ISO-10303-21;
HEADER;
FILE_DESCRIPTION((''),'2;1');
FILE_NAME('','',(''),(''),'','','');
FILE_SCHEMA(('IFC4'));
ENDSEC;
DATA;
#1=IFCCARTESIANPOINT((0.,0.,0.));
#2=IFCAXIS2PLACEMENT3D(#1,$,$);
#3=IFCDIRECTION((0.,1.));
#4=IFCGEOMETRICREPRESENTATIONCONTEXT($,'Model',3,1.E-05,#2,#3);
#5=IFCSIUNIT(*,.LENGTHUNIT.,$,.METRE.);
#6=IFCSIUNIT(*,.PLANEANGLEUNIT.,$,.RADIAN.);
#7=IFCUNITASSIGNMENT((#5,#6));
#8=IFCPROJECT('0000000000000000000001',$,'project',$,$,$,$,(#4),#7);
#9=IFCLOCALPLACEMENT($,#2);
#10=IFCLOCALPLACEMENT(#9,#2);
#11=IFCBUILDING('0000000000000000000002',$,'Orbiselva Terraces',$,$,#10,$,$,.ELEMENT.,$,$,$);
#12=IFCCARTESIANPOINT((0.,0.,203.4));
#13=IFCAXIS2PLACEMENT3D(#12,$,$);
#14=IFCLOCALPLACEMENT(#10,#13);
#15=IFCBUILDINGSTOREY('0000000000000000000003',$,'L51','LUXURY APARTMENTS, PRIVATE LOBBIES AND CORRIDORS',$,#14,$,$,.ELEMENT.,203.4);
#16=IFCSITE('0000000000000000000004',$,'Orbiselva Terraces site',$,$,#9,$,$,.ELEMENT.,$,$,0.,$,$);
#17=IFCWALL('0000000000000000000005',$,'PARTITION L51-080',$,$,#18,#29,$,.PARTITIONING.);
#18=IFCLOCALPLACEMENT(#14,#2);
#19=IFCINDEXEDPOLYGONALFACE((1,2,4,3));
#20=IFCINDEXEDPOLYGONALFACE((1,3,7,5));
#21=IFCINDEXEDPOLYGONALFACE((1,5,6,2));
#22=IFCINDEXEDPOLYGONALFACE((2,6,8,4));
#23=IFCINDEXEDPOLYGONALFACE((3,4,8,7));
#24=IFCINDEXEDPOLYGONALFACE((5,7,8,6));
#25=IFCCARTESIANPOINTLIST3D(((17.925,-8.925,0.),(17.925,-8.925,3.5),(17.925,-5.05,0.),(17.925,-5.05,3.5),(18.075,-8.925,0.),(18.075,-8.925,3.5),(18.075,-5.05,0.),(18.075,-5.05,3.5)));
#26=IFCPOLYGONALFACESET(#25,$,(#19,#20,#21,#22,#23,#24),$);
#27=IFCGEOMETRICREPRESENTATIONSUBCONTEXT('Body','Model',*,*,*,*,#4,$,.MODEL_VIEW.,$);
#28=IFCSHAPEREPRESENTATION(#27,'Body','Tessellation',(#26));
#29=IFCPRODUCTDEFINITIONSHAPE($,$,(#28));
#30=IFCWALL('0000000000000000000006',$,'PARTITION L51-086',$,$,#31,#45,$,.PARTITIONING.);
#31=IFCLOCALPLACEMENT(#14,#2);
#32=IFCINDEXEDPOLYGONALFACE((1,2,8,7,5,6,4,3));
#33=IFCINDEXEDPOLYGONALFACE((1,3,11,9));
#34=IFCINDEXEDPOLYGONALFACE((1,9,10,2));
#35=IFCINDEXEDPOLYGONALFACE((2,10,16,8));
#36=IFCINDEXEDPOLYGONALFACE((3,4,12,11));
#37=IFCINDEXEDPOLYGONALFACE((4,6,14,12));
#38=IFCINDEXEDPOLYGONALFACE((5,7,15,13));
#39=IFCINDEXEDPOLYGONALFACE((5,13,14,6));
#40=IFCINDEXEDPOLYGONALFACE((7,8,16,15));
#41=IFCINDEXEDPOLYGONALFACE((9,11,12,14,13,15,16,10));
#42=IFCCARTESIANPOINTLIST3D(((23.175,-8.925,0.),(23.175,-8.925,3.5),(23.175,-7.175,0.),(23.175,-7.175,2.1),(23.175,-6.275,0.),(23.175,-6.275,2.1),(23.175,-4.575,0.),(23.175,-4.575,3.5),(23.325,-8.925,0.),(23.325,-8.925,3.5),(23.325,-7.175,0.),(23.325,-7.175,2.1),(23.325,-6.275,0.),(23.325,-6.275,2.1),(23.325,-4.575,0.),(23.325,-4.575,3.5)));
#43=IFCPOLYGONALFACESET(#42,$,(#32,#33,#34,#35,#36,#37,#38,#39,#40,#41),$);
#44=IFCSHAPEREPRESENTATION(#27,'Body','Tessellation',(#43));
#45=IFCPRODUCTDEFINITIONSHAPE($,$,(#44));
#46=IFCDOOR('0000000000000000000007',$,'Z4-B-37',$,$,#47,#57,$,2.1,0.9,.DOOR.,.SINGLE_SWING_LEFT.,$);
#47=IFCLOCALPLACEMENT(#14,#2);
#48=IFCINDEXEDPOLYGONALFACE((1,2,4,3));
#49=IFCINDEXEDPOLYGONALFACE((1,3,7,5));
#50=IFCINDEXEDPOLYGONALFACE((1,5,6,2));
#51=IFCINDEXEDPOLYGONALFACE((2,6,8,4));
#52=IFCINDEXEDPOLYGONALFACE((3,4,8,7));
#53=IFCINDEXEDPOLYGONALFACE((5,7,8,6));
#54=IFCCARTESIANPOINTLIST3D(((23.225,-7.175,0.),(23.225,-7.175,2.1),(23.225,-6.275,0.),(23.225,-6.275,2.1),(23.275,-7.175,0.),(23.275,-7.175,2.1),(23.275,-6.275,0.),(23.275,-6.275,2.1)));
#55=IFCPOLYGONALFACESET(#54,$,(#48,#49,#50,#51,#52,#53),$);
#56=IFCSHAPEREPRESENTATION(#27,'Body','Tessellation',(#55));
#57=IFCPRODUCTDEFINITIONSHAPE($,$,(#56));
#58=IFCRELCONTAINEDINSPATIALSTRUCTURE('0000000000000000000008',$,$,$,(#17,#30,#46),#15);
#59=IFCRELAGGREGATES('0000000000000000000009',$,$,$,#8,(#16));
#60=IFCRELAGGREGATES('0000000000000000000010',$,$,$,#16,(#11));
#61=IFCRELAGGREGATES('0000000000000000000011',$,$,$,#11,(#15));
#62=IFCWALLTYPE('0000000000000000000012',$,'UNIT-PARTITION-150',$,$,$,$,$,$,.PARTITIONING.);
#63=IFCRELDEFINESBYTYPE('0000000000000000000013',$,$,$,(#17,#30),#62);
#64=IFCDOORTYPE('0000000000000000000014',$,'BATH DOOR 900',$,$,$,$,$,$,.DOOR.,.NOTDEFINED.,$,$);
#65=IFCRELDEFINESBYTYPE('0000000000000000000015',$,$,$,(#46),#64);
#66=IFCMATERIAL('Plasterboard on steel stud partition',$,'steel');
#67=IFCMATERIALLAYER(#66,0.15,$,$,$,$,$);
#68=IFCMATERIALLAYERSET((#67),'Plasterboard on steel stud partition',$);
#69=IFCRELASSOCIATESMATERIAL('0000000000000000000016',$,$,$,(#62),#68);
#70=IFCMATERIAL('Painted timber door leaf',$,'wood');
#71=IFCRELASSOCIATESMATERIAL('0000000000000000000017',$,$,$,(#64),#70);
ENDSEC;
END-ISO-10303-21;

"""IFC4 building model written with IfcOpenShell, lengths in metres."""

from ifc_helpers import new_model, si_unit, direction, frame, frame_2d, origin, place, context, subcontext, project, spatial, rectangle, extrude, material, layer, layer_set, type_object, element, fill, save


model = new_model("IFC4")

# Units and contexts
model_context = context("Model", 3, precision=1e-05, world=origin(), true_north=direction((0.0, 1.0)))
body_context = subcontext(model_context, "Body", "Model", "MODEL_VIEW")
ifc_project = project(units=[si_unit("LENGTHUNIT", "METRE"), si_unit("PLANEANGLEUNIT", "RADIAN")], contexts=[model_context])

# Site, building, storey
site_placement = place(None, origin())
site = spatial("IfcSite", under=ifc_project, at=site_placement, Name="Orbiselva Terraces site", CompositionType="ELEMENT", RefElevation=0.0)
building_placement = place(site_placement, origin())
building = spatial("IfcBuilding", under=site, at=building_placement, Name="Orbiselva Terraces", CompositionType="ELEMENT")
storey_placement = place(building_placement, frame((0.0, 0.0, 203.4)))
storey = spatial("IfcBuildingStorey", under=building, at=storey_placement, Name="L51", Description="LUXURY APARTMENTS, PRIVATE LOBBIES AND CORRIDORS", CompositionType="ELEMENT", Elevation=203.4)

# Shared definitions
ifc_material_1 = material(Name="Plasterboard on steel stud partition", Category="steel")
ifc_layer_1 = layer(ifc_material_1, 0.15)
ifc_layer_set_1 = layer_set([ifc_layer_1], Name="Plasterboard on steel stud partition")
wall_type_1 = type_object("IfcWallType", Name="UNIT-PARTITION-150", PredefinedType="PARTITIONING", material=ifc_layer_set_1)

# Shared definitions
ifc_material_2 = material(Name="Painted timber door leaf", Category="wood")

# Wall
wall_1_placement = place(storey_placement, frame((18.0, -8.925, 0.0), z_axis=(0.0, 0.0, 1.0), x_axis=(0.0, 1.0, 0.0)))
element("IfcWall", 1, at=wall_1_placement, inside=storey, type_object=wall_type_1, Name="PARTITION L51-080", PredefinedType="PARTITIONING", context=body_context, shape_type="SweptSolid", body=[
    extrude(rectangle(XDim=3.875, YDim=0.15, at=frame_2d((1.9375, 0.0))), origin(), (0.0, 0.0, 1.0), 3.5),
])

# Wall, opening, door
wall_2_placement = place(storey_placement, frame((23.25, -4.575, 0.0), z_axis=(0.0, 0.0, 1.0), x_axis=(0.0, -1.0, 0.0)))
wall_2 = element("IfcWall", 2, at=wall_2_placement, inside=storey, type_object=wall_type_1, Name="PARTITION L51-086", PredefinedType="PARTITIONING", context=body_context, shape_type="SweptSolid", body=[
    extrude(rectangle(XDim=4.35, YDim=0.15, at=frame_2d((2.175, 0.0))), origin(), (0.0, 0.0, 1.0), 3.5),
])
opening_1_placement = place(wall_2_placement, frame((1.7, 0.0, 0.0)))
opening_1 = element("IfcOpeningElement", 3, at=opening_1_placement, cuts=wall_2, PredefinedType="OPENING", context=body_context, shape_type="SweptSolid", body=[
    extrude(rectangle(XDim=0.9, YDim=2.1, at=frame_2d((0.45, 1.05))), frame((0.0, 0.085, 0.0), z_axis=(0.0, -1.0, 0.0), x_axis=(1.0, 0.0, 0.0)), (0.0, 0.0, 1.0), 0.17),
])
door_type_1 = type_object("IfcDoorType", Name="BATH DOOR 900", OperationType="NOTDEFINED", PredefinedType="DOOR", material=ifc_material_2)
door_1_placement = place(opening_1_placement, origin())
door_1 = element("IfcDoor", 4, at=door_1_placement, inside=storey, type_object=door_type_1, Name="Z4-B-37", OperationType="SINGLE_SWING_LEFT", OverallHeight=2.1, OverallWidth=0.9, PredefinedType="DOOR", context=body_context, shape_type="SweptSolid", body=[
    extrude(rectangle(XDim=0.9, YDim=2.1, at=frame_2d((0.45, 1.05))), frame((0.0, 0.025, 0.0), z_axis=(0.0, -1.0, 0.0), x_axis=(1.0, 0.0, 0.0)), (0.0, 0.0, 1.0), 0.05),
])
fill(opening_1, door_1)

save(model, "model.ifc")
